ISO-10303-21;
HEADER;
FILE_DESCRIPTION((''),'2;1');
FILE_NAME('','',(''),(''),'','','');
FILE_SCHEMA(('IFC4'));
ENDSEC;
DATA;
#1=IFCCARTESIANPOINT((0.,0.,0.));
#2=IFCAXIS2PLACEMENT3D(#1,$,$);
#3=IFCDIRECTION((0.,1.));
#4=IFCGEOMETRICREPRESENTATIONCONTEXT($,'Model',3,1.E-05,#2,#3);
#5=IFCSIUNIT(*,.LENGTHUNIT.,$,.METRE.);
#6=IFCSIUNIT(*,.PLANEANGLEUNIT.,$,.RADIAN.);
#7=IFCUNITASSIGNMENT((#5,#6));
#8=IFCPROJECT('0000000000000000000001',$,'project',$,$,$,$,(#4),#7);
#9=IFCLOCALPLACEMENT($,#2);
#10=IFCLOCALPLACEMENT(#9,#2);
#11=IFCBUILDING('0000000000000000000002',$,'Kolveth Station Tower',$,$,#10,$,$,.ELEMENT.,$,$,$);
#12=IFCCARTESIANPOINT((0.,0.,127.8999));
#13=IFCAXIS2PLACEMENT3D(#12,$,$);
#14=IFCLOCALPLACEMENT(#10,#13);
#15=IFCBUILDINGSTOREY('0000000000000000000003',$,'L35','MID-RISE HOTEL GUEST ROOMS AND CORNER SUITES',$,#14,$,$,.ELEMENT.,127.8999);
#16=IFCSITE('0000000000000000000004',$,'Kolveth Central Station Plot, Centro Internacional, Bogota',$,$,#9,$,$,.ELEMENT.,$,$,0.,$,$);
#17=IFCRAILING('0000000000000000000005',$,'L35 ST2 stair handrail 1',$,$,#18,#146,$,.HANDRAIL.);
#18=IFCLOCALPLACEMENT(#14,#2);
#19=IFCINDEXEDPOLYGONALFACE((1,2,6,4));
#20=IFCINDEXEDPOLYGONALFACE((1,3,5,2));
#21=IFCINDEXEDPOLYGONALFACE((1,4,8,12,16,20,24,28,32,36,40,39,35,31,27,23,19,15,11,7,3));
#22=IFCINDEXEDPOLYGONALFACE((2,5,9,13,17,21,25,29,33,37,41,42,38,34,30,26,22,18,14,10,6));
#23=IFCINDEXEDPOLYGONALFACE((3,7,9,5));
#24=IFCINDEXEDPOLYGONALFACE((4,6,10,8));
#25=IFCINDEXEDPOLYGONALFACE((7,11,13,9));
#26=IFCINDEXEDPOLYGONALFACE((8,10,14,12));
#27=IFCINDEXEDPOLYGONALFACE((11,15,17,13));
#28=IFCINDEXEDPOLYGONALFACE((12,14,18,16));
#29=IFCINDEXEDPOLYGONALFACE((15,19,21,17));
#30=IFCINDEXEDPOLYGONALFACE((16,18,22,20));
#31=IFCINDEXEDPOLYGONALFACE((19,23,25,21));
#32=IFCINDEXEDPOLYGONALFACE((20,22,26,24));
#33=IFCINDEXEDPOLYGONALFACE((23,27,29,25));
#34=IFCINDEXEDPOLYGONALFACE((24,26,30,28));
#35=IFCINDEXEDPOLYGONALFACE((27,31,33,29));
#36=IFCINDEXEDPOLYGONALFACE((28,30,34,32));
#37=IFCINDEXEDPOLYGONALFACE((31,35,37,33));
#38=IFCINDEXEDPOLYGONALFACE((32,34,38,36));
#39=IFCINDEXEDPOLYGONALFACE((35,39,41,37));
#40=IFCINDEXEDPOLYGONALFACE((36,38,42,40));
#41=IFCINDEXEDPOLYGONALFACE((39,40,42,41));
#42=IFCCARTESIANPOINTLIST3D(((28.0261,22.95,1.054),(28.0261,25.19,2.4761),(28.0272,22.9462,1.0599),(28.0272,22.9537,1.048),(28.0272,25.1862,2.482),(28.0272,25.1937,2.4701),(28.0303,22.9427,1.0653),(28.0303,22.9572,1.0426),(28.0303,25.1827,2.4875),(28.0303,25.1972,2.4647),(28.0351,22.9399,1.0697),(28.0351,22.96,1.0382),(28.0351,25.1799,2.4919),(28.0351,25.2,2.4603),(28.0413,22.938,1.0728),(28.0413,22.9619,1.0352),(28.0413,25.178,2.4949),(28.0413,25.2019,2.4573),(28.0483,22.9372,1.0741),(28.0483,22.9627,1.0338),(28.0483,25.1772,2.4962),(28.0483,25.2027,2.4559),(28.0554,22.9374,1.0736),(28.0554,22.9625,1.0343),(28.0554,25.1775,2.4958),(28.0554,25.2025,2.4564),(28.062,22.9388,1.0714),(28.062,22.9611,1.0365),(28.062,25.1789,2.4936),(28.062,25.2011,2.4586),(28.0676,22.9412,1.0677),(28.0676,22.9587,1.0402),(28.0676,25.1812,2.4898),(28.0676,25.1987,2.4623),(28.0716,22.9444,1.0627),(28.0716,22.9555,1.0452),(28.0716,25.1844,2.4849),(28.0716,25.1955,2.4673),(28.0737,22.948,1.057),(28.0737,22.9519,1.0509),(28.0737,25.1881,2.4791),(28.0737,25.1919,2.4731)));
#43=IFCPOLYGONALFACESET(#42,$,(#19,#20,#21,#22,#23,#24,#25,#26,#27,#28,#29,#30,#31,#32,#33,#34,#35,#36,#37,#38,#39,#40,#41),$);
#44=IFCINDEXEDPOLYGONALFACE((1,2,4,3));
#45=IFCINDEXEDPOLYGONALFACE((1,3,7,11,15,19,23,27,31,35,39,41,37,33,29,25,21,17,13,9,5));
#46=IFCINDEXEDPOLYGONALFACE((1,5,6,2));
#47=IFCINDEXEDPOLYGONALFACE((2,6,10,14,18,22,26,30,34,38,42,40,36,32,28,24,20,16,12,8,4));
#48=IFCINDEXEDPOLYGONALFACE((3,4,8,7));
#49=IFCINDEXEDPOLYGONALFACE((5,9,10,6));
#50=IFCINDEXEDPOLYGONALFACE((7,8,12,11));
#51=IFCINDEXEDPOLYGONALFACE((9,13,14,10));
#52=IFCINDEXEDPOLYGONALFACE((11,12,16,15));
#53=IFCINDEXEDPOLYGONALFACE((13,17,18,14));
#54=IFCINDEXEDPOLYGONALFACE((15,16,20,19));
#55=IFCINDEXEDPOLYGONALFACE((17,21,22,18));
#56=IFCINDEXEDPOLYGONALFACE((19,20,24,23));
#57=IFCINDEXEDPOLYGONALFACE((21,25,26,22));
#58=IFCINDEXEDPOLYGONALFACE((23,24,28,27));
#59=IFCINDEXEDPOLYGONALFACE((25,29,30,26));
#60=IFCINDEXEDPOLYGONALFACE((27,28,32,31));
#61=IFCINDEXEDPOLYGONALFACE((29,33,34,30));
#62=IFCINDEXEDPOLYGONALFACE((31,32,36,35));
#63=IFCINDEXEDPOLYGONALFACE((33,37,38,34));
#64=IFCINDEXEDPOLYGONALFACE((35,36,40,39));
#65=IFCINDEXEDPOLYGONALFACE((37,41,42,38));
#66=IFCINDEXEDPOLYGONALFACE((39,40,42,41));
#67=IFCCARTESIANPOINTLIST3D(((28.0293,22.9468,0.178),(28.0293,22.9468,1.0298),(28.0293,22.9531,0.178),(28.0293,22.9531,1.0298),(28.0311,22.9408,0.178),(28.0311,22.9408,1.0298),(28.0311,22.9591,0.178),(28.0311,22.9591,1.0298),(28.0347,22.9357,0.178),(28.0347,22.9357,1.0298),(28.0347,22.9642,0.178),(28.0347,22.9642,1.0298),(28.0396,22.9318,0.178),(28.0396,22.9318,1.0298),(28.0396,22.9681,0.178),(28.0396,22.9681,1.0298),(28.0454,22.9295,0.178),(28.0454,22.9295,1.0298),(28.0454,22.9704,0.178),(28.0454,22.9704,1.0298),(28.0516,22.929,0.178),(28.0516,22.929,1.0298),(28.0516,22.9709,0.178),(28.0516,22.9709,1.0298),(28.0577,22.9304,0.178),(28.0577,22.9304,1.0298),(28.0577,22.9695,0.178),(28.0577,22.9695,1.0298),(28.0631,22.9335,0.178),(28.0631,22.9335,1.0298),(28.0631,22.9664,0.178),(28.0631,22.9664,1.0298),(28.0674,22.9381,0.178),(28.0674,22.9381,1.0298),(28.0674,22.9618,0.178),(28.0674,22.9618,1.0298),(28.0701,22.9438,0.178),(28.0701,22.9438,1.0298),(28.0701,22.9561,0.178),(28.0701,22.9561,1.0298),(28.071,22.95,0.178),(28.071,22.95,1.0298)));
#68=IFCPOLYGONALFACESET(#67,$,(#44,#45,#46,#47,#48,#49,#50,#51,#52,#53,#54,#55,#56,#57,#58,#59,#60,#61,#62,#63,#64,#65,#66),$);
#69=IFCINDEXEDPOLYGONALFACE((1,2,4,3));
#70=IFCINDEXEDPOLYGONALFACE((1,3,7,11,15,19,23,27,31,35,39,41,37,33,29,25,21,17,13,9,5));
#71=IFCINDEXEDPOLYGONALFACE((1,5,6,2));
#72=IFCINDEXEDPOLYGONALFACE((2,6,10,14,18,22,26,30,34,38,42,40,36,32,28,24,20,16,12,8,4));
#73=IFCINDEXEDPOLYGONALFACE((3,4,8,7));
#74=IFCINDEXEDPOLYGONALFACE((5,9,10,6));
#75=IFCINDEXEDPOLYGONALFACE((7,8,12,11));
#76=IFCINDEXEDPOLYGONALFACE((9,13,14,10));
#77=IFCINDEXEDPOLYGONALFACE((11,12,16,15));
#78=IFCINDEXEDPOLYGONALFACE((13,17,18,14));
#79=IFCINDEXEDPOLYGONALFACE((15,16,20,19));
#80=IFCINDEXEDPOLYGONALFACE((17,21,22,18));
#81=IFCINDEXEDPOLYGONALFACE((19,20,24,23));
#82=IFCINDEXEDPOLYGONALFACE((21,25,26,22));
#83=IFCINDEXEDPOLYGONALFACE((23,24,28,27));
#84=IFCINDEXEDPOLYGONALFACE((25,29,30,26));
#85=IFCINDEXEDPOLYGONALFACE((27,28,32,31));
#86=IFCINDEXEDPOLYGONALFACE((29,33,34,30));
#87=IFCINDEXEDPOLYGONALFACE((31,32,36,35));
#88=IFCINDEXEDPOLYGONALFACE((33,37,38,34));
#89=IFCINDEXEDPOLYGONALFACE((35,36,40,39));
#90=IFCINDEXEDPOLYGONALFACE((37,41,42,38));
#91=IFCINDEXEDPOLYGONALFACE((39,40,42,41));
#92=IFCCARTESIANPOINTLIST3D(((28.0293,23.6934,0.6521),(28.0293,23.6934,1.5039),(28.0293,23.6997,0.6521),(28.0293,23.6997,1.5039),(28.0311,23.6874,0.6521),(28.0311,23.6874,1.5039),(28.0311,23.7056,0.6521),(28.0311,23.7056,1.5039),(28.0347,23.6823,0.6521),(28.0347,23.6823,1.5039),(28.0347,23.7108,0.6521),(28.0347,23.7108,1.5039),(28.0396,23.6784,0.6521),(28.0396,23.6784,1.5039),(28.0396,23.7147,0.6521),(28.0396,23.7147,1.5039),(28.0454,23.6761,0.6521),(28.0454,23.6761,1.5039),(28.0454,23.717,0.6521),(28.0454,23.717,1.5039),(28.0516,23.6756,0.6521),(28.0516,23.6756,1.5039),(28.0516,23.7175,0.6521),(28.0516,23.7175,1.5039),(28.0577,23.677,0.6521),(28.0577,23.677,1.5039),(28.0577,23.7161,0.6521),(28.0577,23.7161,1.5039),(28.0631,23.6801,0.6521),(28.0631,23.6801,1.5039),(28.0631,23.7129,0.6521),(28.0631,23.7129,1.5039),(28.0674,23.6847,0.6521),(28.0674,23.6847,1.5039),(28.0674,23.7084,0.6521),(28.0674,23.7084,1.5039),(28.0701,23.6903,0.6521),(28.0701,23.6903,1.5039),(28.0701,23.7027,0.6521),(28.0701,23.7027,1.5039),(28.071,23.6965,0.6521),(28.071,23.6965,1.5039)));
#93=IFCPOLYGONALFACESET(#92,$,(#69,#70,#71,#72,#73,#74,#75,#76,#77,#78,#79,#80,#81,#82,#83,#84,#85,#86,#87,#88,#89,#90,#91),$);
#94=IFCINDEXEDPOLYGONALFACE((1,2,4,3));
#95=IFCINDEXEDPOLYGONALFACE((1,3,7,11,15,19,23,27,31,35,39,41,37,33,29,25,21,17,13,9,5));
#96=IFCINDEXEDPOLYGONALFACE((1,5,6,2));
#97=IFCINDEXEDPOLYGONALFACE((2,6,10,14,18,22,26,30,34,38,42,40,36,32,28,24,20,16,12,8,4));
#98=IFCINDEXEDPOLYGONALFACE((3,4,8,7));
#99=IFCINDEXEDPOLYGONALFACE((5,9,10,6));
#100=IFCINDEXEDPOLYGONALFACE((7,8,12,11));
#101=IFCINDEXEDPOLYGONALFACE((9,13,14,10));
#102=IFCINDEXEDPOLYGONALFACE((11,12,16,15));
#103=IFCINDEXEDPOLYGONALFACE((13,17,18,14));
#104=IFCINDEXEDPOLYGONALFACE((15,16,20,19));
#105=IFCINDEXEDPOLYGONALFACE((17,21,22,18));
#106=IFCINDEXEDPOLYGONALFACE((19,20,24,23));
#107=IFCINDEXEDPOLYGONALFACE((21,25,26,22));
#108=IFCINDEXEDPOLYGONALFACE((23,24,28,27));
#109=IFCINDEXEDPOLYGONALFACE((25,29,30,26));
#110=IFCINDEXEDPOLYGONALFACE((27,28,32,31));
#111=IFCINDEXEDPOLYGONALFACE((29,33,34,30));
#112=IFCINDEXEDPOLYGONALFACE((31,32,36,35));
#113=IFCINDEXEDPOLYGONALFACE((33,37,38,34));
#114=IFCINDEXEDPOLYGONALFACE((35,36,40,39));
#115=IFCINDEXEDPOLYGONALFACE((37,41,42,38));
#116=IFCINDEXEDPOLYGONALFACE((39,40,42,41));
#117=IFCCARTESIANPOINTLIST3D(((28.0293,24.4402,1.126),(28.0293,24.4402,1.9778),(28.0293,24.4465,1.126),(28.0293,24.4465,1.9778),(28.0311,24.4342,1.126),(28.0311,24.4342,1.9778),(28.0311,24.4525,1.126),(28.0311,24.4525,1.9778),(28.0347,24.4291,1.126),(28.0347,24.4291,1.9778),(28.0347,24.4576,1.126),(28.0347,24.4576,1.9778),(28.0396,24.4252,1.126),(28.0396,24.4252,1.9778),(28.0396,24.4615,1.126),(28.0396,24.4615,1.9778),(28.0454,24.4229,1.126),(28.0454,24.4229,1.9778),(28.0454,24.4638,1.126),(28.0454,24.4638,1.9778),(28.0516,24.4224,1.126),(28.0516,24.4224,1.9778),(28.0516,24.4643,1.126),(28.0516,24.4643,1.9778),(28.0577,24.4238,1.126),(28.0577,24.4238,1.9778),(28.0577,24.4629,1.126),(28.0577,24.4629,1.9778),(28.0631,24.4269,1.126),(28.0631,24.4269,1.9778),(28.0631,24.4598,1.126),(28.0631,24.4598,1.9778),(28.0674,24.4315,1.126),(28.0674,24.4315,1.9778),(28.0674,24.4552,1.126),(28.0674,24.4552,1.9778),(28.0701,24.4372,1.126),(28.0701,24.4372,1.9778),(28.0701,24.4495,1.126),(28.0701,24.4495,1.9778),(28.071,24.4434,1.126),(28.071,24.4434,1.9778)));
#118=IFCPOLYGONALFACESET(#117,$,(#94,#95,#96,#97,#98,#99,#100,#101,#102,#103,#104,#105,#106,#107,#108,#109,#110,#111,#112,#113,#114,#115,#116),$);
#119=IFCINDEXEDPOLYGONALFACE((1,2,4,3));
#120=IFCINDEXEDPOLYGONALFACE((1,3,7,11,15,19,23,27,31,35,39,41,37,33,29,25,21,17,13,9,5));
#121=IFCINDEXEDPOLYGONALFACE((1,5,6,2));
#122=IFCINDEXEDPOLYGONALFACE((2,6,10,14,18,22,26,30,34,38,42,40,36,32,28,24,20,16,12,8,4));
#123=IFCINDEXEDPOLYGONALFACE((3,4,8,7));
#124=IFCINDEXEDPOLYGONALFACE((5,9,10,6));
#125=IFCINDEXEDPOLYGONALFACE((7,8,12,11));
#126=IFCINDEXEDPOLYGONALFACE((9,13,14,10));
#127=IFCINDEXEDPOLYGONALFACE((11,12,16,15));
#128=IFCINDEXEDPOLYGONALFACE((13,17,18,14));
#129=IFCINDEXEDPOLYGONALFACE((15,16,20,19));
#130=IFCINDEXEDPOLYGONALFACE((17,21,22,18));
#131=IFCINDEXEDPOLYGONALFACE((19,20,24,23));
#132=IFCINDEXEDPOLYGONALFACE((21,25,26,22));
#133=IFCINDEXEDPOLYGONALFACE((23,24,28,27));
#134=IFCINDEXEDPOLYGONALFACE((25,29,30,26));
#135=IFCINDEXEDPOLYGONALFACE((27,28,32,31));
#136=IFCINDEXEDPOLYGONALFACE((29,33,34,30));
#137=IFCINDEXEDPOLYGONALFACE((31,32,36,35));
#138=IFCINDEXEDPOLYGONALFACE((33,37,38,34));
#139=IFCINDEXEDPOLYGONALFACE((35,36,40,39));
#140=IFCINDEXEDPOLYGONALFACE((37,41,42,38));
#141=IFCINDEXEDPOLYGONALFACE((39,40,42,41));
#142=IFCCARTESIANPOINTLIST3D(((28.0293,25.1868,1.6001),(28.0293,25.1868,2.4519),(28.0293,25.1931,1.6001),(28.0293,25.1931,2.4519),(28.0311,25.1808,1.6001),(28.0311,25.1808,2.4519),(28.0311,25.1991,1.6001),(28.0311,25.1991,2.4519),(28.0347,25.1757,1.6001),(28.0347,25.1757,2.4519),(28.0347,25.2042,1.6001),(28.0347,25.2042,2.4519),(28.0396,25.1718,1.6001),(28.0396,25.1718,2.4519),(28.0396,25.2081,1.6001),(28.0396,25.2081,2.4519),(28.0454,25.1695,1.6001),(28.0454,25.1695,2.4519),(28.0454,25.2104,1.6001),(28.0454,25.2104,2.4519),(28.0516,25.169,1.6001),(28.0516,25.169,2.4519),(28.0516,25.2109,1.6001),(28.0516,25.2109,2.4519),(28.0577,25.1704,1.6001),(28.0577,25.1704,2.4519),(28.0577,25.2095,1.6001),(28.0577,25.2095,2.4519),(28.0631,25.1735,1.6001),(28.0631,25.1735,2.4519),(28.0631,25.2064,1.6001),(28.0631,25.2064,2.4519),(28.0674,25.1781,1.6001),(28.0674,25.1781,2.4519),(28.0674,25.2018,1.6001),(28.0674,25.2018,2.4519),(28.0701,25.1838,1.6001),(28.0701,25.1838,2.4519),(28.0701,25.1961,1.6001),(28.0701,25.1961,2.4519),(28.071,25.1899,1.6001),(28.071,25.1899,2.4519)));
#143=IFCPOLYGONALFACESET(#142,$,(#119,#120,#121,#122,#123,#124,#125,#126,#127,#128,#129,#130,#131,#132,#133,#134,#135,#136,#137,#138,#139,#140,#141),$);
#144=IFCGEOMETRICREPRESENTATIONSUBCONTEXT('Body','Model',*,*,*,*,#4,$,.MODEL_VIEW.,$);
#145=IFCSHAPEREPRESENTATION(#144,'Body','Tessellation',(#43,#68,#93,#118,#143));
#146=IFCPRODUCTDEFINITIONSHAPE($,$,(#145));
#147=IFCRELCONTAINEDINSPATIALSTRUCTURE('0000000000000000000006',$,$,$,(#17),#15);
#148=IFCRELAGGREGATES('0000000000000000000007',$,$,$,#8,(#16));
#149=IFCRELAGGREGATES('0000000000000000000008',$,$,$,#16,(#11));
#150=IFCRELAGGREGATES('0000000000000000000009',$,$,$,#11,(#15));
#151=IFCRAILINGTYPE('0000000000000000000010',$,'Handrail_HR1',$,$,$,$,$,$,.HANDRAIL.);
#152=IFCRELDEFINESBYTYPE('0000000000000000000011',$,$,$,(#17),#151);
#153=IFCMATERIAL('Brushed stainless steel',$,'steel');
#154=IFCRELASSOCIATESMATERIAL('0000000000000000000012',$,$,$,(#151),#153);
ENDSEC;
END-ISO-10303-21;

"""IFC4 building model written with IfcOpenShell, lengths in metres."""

from ifc_helpers import new_model, si_unit, direction, frame, origin, origin_2d, place, context, subcontext, project, spatial, circle, extrude, material, type_object, element, save


model = new_model("IFC4")

# Units and contexts
model_context = context("Model", 3, precision=1e-05, world=origin(), true_north=direction((0.0, 1.0)))
body_context = subcontext(model_context, "Body", "Model", "MODEL_VIEW")
ifc_project = project(units=[si_unit("LENGTHUNIT", "METRE"), si_unit("PLANEANGLEUNIT", "RADIAN")], contexts=[model_context])

# Site, building, storey
site_placement = place(None, origin())
site = spatial("IfcSite", under=ifc_project, at=site_placement, Name="Kolveth Central Station Plot, Centro Internacional, Bogota", CompositionType="ELEMENT", RefElevation=0.0)
building_placement = place(site_placement, origin())
building = spatial("IfcBuilding", under=site, at=building_placement, Name="Kolveth Station Tower", CompositionType="ELEMENT")
storey_placement = place(building_placement, frame((0.0, 0.0, 127.8999)))
storey = spatial("IfcBuildingStorey", under=building, at=storey_placement, Name="L35", Description="MID-RISE HOTEL GUEST ROOMS AND CORNER SUITES", CompositionType="ELEMENT", Elevation=127.8999)

# Railing
ifc_material_1 = material(Name="Brushed stainless steel", Category="steel")
railing_type_1 = type_object("IfcRailingType", Name="Handrail_HR1", PredefinedType="HANDRAIL", material=ifc_material_1)
railing_1_placement = place(storey_placement, frame((28.05, 22.95, 0.178)))
element("IfcRailing", 1, at=railing_1_placement, inside=storey, type_object=railing_type_1, Name="L35 ST2 stair handrail 1", PredefinedType="HANDRAIL", context=body_context, shape_type="SweptSolid", body=[
    extrude(circle(Radius=0.0239, at=origin_2d()), frame((0.0, 0.0, 0.876), z_axis=(0.0, 0.844229, 0.535982), x_axis=(-1.0, 0.0, 0.0)), (0.0, 0.0, 1.0), 2.6533),
    extrude(circle(Radius=0.021, at=origin_2d()), origin(), (0.0, 0.0, 1.0), 0.8518),
    extrude(circle(Radius=0.021, at=origin_2d()), frame((0.0, 0.7466, 0.4741)), (0.0, 0.0, 1.0), 0.8518),
    extrude(circle(Radius=0.021, at=origin_2d()), frame((0.0, 1.4934, 0.948)), (0.0, 0.0, 1.0), 0.8518),
    extrude(circle(Radius=0.021, at=origin_2d()), frame((0.0, 2.24, 1.4221)), (0.0, 0.0, 1.0), 0.8518),
])

save(model, "model.ifc")
